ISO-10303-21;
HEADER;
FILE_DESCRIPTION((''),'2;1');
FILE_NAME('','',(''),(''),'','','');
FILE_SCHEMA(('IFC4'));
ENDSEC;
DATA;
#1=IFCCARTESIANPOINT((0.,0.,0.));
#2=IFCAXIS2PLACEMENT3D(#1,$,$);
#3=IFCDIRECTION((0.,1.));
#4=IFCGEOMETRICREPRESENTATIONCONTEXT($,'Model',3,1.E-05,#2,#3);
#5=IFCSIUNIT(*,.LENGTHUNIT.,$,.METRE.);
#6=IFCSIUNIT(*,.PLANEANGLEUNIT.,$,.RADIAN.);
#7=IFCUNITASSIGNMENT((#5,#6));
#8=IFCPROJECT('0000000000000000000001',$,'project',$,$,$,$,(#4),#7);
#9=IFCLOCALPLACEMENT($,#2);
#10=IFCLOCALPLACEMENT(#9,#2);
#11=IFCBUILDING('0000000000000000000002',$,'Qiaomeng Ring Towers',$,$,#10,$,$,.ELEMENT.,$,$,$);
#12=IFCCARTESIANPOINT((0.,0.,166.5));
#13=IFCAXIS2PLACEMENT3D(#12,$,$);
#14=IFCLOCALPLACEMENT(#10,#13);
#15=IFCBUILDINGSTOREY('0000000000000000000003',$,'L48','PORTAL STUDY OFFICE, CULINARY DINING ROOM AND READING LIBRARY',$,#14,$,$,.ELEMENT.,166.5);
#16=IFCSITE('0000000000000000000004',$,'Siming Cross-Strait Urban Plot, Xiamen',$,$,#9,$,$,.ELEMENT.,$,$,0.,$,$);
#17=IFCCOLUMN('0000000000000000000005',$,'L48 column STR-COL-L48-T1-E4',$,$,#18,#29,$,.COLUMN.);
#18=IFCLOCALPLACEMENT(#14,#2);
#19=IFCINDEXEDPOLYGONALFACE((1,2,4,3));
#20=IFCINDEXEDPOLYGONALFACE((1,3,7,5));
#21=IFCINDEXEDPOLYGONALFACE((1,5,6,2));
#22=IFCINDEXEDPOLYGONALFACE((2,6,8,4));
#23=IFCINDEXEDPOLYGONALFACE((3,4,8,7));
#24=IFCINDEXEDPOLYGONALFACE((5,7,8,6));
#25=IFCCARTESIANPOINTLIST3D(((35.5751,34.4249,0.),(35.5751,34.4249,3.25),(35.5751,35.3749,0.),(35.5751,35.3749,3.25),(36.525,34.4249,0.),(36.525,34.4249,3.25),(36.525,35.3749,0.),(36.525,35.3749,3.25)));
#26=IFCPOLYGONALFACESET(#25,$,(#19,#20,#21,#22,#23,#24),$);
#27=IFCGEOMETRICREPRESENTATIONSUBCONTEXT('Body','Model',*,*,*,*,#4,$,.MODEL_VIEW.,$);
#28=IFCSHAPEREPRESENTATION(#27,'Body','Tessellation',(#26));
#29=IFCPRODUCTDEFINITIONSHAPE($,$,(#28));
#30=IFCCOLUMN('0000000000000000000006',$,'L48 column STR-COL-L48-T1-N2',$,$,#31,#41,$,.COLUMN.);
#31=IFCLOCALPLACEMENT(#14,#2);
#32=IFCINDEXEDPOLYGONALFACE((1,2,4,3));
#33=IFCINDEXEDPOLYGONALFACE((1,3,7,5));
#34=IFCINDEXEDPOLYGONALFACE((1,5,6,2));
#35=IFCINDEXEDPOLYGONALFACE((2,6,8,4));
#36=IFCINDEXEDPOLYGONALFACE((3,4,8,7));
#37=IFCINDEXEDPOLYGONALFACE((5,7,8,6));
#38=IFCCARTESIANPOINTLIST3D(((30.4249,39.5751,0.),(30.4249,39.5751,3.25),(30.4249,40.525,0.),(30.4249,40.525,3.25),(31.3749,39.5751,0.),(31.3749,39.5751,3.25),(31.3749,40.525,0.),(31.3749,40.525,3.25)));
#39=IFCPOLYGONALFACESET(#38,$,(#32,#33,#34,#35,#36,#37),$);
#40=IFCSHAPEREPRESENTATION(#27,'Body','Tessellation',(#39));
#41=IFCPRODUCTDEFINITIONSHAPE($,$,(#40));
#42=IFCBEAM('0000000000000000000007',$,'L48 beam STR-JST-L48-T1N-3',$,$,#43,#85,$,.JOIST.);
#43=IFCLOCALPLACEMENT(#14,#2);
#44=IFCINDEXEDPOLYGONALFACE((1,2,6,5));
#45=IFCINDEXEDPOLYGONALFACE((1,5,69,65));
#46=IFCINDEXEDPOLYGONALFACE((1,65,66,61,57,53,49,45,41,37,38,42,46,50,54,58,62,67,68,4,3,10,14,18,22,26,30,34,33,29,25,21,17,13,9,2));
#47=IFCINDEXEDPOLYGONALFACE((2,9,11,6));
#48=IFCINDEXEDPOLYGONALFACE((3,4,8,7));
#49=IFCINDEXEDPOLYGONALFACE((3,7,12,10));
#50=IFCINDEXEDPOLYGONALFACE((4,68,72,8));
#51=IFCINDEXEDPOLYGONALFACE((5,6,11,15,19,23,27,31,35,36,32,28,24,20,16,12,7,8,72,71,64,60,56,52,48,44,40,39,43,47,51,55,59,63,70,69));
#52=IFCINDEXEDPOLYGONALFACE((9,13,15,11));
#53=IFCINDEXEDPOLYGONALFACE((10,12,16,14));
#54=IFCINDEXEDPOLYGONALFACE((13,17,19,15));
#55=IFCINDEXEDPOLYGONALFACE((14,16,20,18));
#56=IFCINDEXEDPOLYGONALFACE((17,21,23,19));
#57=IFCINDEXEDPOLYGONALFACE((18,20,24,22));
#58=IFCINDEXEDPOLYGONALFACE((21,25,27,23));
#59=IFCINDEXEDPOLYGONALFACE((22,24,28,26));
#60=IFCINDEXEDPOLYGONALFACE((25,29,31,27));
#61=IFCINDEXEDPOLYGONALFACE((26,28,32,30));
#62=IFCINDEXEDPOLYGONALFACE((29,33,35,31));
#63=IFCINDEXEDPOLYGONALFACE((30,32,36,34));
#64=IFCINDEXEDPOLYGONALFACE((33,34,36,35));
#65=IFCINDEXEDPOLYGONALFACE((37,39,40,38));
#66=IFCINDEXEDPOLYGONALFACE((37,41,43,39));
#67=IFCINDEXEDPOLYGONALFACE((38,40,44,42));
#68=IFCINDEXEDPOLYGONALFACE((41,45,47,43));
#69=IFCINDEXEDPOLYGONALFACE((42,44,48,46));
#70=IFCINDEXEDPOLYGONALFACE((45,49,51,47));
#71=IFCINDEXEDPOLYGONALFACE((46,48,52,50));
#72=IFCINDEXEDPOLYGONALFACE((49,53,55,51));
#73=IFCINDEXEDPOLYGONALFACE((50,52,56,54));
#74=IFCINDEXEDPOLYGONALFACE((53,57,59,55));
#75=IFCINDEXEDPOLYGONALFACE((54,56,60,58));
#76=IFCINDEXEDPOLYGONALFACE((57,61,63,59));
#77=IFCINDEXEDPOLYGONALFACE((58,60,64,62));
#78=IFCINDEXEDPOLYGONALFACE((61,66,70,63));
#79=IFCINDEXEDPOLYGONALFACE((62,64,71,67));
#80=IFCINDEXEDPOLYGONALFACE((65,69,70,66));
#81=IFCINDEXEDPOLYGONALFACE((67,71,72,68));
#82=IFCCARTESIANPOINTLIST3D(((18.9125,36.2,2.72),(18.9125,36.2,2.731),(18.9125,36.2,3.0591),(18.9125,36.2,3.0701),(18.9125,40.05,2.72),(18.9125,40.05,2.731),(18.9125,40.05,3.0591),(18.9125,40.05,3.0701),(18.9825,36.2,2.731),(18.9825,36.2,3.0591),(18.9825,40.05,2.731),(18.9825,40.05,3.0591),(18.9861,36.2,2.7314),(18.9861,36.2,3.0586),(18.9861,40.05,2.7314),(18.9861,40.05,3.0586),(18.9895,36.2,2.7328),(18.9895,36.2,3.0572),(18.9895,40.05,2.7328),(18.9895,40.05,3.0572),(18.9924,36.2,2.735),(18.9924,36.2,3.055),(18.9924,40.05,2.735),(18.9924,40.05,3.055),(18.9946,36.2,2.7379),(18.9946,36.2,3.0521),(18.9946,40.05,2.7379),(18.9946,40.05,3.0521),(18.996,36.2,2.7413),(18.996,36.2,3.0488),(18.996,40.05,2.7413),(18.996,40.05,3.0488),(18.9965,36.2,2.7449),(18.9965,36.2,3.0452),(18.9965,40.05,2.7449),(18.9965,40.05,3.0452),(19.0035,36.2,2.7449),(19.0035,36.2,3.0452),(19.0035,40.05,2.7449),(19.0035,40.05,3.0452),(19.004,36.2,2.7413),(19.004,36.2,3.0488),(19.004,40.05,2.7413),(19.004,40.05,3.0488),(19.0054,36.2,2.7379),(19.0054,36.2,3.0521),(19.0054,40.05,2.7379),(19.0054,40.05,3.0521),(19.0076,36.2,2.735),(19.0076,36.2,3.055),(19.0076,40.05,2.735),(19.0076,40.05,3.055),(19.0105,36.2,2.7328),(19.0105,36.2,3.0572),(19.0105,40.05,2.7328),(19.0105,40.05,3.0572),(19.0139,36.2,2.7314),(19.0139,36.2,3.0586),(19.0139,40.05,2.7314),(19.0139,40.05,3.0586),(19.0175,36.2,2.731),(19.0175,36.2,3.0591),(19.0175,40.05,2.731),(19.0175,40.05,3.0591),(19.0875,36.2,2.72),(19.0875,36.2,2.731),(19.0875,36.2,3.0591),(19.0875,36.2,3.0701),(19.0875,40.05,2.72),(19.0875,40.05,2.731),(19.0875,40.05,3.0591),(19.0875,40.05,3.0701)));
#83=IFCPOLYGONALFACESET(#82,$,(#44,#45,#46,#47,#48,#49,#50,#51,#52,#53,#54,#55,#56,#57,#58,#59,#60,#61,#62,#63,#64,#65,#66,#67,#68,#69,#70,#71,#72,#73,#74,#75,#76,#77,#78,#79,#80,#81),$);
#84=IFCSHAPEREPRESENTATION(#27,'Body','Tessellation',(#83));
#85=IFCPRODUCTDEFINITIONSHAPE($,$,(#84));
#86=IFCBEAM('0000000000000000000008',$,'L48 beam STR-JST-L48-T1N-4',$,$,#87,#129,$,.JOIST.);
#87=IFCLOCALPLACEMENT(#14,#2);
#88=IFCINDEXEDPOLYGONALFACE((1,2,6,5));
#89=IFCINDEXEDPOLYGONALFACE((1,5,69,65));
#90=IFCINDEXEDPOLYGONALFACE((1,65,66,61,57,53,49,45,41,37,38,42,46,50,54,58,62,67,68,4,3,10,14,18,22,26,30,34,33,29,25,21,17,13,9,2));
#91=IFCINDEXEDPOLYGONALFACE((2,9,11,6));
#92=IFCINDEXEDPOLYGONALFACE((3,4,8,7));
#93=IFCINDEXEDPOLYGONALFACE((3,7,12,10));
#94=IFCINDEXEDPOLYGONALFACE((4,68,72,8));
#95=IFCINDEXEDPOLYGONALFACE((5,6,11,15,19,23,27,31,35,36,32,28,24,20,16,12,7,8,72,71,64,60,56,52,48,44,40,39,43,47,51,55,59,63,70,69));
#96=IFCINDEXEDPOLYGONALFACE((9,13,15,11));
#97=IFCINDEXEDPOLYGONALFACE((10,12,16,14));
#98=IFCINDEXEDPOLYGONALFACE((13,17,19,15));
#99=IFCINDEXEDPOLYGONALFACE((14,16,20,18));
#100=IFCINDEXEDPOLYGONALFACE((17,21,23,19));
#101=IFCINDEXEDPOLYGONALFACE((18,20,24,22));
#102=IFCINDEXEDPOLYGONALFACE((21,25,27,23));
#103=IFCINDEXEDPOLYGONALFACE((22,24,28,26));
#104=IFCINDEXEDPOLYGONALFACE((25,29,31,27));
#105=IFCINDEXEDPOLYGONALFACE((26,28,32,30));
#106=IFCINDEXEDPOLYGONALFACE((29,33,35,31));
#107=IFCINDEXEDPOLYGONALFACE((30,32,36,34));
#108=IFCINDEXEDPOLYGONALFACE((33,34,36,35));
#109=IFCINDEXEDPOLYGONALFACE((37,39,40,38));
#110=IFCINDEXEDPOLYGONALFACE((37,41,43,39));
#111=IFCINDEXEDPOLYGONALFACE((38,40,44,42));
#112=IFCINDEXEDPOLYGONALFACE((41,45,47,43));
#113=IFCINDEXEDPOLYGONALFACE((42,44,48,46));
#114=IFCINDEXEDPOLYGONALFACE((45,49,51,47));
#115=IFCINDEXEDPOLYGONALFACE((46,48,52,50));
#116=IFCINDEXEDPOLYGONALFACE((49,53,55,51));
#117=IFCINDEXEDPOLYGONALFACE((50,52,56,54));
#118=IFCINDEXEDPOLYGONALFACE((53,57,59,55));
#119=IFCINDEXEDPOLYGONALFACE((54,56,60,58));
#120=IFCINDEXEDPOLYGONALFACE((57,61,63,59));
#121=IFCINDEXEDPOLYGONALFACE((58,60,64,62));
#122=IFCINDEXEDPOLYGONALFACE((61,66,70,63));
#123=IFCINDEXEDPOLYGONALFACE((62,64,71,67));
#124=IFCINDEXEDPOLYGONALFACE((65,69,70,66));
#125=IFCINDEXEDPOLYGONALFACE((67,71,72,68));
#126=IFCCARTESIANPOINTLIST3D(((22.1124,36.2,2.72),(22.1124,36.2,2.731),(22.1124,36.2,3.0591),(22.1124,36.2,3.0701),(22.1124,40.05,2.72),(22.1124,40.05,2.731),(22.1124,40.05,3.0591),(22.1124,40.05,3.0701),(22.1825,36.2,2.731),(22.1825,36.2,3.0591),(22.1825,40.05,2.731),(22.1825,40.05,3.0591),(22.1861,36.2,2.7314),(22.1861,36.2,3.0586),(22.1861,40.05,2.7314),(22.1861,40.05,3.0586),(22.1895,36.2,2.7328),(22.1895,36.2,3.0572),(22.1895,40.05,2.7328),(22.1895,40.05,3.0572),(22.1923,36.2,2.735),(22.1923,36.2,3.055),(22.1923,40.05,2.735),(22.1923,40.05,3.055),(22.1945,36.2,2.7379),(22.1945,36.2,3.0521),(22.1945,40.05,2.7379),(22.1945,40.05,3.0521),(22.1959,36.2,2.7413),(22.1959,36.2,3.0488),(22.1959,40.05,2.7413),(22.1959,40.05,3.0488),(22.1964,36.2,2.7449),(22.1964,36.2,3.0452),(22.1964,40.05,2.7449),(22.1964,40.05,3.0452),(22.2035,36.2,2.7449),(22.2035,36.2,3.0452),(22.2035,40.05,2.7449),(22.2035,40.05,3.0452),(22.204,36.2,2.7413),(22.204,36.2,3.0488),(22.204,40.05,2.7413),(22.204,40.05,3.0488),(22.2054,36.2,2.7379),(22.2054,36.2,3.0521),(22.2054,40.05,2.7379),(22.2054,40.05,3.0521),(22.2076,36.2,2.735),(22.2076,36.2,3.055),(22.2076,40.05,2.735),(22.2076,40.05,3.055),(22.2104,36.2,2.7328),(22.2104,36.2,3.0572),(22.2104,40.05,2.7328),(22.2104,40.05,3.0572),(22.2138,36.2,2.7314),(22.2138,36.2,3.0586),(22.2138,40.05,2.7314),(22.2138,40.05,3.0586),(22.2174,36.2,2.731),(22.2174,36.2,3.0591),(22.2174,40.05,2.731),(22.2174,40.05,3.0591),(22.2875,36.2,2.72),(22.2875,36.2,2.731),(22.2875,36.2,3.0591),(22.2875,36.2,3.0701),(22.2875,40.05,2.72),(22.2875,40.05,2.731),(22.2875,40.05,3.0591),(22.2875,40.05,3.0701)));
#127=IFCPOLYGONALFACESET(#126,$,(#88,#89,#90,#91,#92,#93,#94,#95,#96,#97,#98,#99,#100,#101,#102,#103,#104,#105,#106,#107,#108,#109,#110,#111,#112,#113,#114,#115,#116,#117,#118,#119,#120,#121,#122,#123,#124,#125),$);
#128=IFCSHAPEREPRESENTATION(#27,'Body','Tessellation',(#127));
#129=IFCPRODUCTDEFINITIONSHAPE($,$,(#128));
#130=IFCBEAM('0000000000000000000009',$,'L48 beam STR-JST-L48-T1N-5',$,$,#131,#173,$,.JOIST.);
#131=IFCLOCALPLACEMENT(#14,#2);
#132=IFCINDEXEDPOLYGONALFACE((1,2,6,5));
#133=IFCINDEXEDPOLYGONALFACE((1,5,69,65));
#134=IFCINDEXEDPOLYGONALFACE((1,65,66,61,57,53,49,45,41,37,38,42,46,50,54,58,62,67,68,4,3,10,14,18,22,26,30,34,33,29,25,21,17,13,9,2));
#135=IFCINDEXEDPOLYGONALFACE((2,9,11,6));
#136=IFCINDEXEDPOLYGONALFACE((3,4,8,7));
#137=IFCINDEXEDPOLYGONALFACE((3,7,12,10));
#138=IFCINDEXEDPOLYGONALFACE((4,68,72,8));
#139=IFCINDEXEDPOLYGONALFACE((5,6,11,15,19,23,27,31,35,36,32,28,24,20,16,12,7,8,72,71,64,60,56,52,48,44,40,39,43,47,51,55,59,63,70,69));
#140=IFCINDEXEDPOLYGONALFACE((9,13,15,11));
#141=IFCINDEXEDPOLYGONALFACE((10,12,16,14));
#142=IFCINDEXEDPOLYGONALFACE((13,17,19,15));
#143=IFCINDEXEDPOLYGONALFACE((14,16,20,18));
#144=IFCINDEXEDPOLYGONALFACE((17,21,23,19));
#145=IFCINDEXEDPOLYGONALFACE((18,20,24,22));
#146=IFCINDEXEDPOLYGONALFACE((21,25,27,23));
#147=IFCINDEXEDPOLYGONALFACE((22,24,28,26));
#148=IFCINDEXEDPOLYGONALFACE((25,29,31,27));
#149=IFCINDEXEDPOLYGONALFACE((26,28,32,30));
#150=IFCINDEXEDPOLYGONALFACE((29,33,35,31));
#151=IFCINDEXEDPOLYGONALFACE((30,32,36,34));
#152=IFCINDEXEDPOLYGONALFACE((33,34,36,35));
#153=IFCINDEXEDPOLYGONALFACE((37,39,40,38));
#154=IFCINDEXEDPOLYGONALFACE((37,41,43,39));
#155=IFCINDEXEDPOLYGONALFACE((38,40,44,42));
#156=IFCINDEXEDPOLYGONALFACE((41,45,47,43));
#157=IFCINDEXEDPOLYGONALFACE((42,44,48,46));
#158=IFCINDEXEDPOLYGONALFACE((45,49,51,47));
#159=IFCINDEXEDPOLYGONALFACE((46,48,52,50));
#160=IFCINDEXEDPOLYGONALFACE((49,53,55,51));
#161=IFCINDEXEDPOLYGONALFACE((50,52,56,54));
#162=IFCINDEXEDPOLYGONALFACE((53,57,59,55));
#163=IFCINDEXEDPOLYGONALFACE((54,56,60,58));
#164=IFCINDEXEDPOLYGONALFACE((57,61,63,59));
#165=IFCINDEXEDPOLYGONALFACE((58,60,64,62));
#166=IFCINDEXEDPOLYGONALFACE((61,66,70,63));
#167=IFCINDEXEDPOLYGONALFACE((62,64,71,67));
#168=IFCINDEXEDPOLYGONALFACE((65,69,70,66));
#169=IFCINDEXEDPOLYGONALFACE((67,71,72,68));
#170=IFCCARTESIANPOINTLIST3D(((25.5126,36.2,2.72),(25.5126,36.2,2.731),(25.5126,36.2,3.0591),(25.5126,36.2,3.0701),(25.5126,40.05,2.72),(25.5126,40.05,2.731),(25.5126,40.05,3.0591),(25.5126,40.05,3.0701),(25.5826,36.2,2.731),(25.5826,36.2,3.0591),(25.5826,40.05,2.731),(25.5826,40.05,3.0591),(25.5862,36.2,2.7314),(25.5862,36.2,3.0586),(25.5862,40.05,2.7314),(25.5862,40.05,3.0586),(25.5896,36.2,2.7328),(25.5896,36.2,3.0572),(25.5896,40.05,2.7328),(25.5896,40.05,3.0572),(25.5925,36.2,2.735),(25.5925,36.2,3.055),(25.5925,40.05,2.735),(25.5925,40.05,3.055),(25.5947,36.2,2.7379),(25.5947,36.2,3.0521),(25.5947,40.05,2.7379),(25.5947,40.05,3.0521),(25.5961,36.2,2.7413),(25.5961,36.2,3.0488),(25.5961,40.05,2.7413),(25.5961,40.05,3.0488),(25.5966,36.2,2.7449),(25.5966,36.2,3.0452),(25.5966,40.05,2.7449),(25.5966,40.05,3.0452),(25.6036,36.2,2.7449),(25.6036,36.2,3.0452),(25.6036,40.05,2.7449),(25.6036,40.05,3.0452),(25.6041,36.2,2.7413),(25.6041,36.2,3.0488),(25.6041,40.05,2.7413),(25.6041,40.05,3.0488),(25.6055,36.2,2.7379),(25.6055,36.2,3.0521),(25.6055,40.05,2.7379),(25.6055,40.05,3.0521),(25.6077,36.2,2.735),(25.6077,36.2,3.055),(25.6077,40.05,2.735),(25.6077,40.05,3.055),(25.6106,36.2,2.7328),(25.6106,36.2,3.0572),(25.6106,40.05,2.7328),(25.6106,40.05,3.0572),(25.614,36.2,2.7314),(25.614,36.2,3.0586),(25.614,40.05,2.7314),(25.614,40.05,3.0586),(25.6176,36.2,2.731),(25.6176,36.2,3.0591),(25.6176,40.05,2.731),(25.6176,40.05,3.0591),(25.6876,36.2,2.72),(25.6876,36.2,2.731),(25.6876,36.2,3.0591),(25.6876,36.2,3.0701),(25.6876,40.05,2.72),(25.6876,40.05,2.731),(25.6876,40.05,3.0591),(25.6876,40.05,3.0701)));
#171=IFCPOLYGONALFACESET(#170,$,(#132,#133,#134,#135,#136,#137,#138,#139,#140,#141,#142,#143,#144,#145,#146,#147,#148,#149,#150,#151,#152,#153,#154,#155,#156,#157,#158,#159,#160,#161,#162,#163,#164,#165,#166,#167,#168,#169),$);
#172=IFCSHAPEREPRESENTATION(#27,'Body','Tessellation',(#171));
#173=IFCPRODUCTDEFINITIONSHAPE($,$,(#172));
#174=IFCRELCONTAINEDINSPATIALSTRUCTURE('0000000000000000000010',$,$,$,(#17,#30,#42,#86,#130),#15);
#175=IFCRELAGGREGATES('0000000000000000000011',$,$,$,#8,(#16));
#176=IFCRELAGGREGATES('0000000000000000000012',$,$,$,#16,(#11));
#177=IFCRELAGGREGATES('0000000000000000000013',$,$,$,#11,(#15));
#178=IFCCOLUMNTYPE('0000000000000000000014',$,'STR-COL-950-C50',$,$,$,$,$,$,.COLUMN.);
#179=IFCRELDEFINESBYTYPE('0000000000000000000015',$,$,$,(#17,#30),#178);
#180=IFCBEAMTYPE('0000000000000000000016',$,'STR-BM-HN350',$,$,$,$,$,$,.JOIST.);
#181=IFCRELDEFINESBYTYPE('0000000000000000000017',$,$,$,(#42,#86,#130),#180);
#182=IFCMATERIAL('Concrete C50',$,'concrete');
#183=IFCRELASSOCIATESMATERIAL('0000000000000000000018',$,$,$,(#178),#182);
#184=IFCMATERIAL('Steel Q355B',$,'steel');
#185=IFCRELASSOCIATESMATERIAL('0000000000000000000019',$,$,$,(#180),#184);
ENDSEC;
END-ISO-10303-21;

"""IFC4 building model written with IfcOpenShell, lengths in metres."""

from ifc_helpers import new_model, si_unit, direction, frame, origin, origin_2d, place, context, subcontext, project, spatial, rectangle, i_section, extrude, source, transform, mapped, material, material_profile, profile_set, type_object, element, save


model = new_model("IFC4")

# Units and contexts
model_context = context("Model", 3, precision=1e-05, world=origin(), true_north=direction((0.0, 1.0)))
body_context = subcontext(model_context, "Body", "Model", "MODEL_VIEW")
ifc_project = project(units=[si_unit("LENGTHUNIT", "METRE"), si_unit("PLANEANGLEUNIT", "RADIAN")], contexts=[model_context])

# Site, building, storey
site_placement = place(None, origin())
site = spatial("IfcSite", under=ifc_project, at=site_placement, Name="Siming Cross-Strait Urban Plot, Xiamen", CompositionType="ELEMENT", RefElevation=0.0)
building_placement = place(site_placement, origin())
building = spatial("IfcBuilding", under=site, at=building_placement, Name="Qiaomeng Ring Towers", CompositionType="ELEMENT")
storey_placement = place(building_placement, frame((0.0, 0.0, 166.5)))
storey = spatial("IfcBuildingStorey", under=building, at=storey_placement, Name="L48", Description="PORTAL STUDY OFFICE, CULINARY DINING ROOM AND READING LIBRARY", CompositionType="ELEMENT", Elevation=166.5)

# Columns
ifc_material_1 = material(Name="Concrete C50", Category="concrete")
ifc_material_profile_1 = material_profile(ifc_material_1, rectangle(XDim=0.95, YDim=0.95, at=origin_2d()), Name="RC COL 950x950")
ifc_profile_set_1 = profile_set([ifc_material_profile_1], Name="Concrete C50")
column_type = type_object("IfcColumnType", Name="STR-COL-950-C50", PredefinedType="COLUMN", material=ifc_profile_set_1)
shared_shape_1 = source(origin(), body_context, "Body", "SweptSolid", [
    extrude(rectangle(XDim=0.95, YDim=0.95, at=origin_2d()), origin(), (0.0, 0.0, 1.0), 3.25),
])
for number, where, z_axis, x_axis, name in (
    (1, (36.05, 34.8999, 0.0), (0.0, 0.0, 1.0), (1.0, 0.0, 0.0), "L48 column STR-COL-L48-T1-E4"),
    (2, (30.8999, 40.05, 0.0), (0.0, 0.0, 1.0), (1.0, 0.0, 0.0), "L48 column STR-COL-L48-T1-N2"),
):
    element("IfcColumn", number, at=place(storey_placement, frame(where, z_axis=z_axis, x_axis=x_axis)), inside=storey, type_object=column_type, Name=name, PredefinedType="COLUMN", context=body_context, shape_type="MappedRepresentation", body=[
        mapped(shared_shape_1, transform((0.0, 0.0, 0.0), x_axis=(1.0, 0.0, 0.0), y_axis=(0.0, 1.0, 0.0), z_axis=(0.0, 0.0, 1.0), scale=1.0)),
    ])

# Beams
ifc_material_2 = material(Name="Steel Q355B", Category="steel")
ifc_material_profile_2 = material_profile(ifc_material_2, i_section(OverallWidth=0.175, OverallDepth=0.3501, WebThickness=0.0071, FlangeThickness=0.011, FilletRadius=0.0139, at=origin_2d()), Name="HN 350x175x7x11")
ifc_profile_set_2 = profile_set([ifc_material_profile_2], Name="Steel Q355B")
beam_type_1 = type_object("IfcBeamType", Name="STR-BM-HN350", PredefinedType="JOIST", material=ifc_profile_set_2)
shared_shape_2 = source(origin(), body_context, "Body", "SweptSolid", [
    extrude(i_section(OverallWidth=0.175, OverallDepth=0.3501, WebThickness=0.0071, FlangeThickness=0.011, FilletRadius=0.0139, at=origin_2d()), origin(), (0.0, 0.0, 1.0), 3.8501),
])
for number, where, z_axis, x_axis, name in (
    (3, (19.0, 36.2, 2.895), (0.0, 1.0, 0.0), (-1.0, 0.0, 0.0), "L48 beam STR-JST-L48-T1N-3"),
    (4, (22.2, 36.2, 2.895), (0.0, 1.0, 0.0), (-1.0, 0.0, 0.0), "L48 beam STR-JST-L48-T1N-4"),
    (5, (25.6001, 36.2, 2.895), (0.0, 1.0, 0.0), (-1.0, 0.0, 0.0), "L48 beam STR-JST-L48-T1N-5"),
):
    element("IfcBeam", number, at=place(storey_placement, frame(where, z_axis=z_axis, x_axis=x_axis)), inside=storey, type_object=beam_type_1, Name=name, PredefinedType="JOIST", context=body_context, shape_type="MappedRepresentation", body=[
        mapped(shared_shape_2, transform((0.0, 0.0, 0.0), x_axis=(1.0, 0.0, 0.0), y_axis=(0.0, 1.0, 0.0), z_axis=(0.0, 0.0, 1.0), scale=1.0)),
    ])

save(model, "model.ifc")
